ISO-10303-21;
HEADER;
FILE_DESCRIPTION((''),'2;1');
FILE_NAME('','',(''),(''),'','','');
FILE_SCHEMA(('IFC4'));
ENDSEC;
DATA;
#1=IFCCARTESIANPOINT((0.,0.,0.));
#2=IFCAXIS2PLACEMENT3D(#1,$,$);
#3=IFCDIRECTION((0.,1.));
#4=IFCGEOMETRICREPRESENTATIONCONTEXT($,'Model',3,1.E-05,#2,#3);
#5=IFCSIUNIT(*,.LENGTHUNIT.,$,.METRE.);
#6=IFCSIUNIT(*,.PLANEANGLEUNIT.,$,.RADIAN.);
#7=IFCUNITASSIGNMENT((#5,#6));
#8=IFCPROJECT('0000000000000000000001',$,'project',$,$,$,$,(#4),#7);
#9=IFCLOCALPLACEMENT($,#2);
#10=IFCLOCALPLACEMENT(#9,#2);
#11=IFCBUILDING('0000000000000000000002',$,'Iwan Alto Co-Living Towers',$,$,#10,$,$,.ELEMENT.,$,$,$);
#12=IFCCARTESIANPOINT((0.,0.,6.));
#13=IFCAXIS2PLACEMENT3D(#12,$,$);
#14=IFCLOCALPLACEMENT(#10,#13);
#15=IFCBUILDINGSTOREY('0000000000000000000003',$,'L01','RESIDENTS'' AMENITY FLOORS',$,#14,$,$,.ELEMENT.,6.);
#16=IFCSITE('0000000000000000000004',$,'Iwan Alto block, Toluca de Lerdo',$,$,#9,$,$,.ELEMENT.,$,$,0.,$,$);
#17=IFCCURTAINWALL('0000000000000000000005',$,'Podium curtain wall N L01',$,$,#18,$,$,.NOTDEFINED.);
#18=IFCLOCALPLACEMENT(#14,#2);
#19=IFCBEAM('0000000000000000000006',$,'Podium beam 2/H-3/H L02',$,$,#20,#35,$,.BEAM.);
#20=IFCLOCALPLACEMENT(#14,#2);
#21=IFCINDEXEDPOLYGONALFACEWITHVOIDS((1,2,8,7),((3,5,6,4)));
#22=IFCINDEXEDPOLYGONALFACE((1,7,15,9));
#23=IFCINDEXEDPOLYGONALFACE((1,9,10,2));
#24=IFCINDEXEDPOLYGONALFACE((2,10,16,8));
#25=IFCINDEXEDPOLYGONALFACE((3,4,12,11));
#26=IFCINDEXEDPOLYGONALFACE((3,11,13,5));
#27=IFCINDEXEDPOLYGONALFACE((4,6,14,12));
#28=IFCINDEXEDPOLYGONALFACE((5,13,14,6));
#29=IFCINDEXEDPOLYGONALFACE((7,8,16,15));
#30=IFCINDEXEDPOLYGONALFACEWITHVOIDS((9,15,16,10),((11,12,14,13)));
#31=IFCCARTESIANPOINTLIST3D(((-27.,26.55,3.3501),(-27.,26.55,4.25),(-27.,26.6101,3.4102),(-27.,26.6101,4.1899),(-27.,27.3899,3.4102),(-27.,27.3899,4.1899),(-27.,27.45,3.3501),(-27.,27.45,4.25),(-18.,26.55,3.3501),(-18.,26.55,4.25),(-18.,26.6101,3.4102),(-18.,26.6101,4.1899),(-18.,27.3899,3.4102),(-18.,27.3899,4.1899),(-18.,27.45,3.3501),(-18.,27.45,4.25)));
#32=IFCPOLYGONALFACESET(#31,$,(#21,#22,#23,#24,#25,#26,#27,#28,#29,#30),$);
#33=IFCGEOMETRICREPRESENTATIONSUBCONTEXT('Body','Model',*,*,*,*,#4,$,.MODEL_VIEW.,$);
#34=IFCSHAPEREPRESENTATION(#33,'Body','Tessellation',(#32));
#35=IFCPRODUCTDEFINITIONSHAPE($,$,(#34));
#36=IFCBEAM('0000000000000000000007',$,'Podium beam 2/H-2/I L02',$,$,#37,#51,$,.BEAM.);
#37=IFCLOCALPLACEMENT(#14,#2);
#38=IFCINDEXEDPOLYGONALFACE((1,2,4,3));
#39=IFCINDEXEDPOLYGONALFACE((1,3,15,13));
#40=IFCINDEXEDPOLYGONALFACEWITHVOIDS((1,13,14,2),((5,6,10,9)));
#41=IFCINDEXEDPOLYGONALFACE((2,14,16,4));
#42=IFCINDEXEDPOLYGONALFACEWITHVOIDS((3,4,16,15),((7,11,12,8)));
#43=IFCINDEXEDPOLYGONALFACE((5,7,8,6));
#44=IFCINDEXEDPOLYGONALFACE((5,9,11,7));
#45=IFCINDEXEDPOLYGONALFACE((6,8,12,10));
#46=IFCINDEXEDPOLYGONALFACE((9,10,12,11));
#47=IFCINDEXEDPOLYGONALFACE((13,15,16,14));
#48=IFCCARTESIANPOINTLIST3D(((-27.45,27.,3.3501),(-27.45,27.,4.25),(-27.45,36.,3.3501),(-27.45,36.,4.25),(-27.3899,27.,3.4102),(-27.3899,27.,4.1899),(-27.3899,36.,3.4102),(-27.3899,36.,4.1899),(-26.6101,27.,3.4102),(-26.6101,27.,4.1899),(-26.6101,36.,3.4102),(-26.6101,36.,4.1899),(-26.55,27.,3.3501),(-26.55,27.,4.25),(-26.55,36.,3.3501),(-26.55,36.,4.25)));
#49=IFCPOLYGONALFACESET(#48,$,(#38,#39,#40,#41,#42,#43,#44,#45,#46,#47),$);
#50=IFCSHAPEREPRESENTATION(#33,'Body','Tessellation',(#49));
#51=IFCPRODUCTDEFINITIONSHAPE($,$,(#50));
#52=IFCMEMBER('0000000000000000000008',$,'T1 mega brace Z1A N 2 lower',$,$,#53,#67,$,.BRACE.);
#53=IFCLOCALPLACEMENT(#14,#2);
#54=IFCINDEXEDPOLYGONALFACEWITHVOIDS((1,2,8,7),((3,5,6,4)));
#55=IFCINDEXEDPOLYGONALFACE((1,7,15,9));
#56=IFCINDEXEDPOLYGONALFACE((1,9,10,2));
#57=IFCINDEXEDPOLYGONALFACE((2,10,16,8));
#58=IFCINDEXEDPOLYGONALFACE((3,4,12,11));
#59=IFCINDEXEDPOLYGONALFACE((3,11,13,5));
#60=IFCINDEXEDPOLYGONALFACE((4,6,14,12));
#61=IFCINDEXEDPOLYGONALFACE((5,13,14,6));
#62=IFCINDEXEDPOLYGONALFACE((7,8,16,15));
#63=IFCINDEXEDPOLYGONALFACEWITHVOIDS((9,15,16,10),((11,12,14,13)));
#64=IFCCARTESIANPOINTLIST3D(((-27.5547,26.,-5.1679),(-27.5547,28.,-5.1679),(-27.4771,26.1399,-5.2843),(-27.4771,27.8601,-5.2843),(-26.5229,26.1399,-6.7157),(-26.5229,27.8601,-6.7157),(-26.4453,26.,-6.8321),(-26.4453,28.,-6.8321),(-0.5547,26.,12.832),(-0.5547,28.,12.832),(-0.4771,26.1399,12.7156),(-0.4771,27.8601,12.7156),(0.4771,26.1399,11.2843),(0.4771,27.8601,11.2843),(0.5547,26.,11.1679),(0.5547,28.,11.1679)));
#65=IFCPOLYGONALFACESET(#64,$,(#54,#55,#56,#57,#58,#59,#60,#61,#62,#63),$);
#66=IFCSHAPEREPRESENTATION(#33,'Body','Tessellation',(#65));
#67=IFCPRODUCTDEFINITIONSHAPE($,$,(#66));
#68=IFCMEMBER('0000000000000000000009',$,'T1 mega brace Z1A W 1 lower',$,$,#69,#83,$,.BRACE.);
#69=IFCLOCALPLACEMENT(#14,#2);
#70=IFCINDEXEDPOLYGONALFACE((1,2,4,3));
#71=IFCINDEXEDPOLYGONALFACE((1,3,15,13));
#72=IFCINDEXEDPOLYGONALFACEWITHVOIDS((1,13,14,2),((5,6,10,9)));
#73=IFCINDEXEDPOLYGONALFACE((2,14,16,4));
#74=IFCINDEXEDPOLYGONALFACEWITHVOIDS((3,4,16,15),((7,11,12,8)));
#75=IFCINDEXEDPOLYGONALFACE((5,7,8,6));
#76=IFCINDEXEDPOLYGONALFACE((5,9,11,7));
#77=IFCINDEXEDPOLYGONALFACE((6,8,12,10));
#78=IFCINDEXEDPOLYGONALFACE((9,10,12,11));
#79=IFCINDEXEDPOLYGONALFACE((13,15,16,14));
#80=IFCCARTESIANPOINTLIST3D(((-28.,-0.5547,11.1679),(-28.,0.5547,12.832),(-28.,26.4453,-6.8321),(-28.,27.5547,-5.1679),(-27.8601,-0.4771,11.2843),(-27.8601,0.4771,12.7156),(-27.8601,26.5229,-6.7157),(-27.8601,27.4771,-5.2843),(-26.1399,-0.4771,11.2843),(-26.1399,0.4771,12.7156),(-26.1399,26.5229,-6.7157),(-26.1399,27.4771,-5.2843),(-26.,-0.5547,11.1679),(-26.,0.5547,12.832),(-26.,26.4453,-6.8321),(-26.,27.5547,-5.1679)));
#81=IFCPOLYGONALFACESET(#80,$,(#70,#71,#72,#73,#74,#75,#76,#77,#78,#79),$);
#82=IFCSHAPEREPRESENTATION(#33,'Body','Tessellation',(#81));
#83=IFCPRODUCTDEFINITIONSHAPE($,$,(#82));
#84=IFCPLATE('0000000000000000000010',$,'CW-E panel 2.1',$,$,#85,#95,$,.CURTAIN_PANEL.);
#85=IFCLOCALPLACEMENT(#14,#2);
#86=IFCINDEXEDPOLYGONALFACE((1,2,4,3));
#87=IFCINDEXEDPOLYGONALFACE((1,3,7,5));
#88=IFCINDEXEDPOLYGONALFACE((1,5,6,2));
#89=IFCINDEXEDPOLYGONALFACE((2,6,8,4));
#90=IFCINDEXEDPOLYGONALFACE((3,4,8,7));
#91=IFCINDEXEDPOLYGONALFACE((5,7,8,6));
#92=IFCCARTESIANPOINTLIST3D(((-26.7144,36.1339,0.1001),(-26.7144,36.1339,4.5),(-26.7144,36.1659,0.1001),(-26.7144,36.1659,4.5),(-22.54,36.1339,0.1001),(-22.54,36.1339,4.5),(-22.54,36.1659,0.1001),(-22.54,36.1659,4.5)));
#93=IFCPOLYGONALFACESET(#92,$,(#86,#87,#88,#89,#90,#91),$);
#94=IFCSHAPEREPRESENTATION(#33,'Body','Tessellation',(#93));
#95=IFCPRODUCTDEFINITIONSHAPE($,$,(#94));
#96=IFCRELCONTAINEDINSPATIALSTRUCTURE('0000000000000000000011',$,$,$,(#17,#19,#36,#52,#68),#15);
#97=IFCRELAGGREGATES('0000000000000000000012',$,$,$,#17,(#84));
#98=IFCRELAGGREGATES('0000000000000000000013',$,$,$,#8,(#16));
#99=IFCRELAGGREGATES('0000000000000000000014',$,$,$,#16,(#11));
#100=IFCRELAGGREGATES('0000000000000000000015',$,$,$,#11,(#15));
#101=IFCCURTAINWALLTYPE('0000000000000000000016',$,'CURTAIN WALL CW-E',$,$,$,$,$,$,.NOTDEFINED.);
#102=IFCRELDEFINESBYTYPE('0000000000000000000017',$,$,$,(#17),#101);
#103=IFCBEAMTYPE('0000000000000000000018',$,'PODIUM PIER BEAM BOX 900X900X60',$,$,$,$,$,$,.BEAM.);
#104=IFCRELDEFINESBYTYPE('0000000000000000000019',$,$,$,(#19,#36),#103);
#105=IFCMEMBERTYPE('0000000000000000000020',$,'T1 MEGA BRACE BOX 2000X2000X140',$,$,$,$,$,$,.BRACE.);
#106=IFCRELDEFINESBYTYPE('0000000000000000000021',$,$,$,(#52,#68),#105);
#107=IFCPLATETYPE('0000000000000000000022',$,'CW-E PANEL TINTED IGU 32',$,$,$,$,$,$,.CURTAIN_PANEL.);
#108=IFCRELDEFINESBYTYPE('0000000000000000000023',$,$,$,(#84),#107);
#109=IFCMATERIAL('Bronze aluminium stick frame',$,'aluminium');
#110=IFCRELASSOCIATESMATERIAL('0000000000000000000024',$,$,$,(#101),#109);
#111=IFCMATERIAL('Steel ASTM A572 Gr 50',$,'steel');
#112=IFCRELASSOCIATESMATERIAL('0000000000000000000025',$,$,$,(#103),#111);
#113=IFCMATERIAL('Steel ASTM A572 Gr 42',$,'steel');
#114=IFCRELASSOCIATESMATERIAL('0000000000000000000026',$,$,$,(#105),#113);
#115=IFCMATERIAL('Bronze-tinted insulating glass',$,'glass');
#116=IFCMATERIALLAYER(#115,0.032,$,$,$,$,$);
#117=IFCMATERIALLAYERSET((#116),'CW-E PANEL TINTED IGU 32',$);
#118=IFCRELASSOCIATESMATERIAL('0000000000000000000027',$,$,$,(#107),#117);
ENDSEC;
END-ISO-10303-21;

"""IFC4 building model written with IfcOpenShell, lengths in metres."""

from ifc_helpers import new_model, si_unit, direction, frame, origin, origin_2d, place, context, subcontext, project, spatial, rectangle, hollow_rectangle, extrude, material, layer, layer_set, material_profile, profile_set, type_object, element, aggregate, save


model = new_model("IFC4")

# Units and contexts
model_context = context("Model", 3, precision=1e-05, world=origin(), true_north=direction((0.0, 1.0)))
body_context = subcontext(model_context, "Body", "Model", "MODEL_VIEW")
ifc_project = project(units=[si_unit("LENGTHUNIT", "METRE"), si_unit("PLANEANGLEUNIT", "RADIAN")], contexts=[model_context])

# Site, building, storey
site_placement = place(None, origin())
site = spatial("IfcSite", under=ifc_project, at=site_placement, Name="Iwan Alto block, Toluca de Lerdo", CompositionType="ELEMENT", RefElevation=0.0)
building_placement = place(site_placement, origin())
building = spatial("IfcBuilding", under=site, at=building_placement, Name="Iwan Alto Co-Living Towers", CompositionType="ELEMENT")
storey_placement = place(building_placement, frame((0.0, 0.0, 6.0)))
storey = spatial("IfcBuildingStorey", under=building, at=storey_placement, Name="L01", Description="RESIDENTS' AMENITY FLOORS", CompositionType="ELEMENT", Elevation=6.0)

# Shared definitions
ifc_material_1 = material(Name="Bronze aluminium stick frame", Category="aluminium")
curtain_wall_type = type_object("IfcCurtainWallType", Name="CURTAIN WALL CW-E", PredefinedType="NOTDEFINED", material=ifc_material_1)

# Curtain wall
curtain_wall_1_placement = place(storey_placement, origin())
curtain_wall_1 = element("IfcCurtainWall", 1, at=curtain_wall_1_placement, inside=storey, type_object=curtain_wall_type, Name="Podium curtain wall N L01", PredefinedType="NOTDEFINED")

# Beams
ifc_material_2 = material(Name="Steel ASTM A572 Gr 50", Category="steel")
ifc_material_profile_1 = material_profile(ifc_material_2, hollow_rectangle(XDim=0.8999, YDim=0.8999, WallThickness=0.0601, at=origin_2d()), Name="BOX 900X900X60")
ifc_profile_set_1 = profile_set([ifc_material_profile_1], Name="Steel ASTM A572 Gr 50")
beam_type_1 = type_object("IfcBeamType", Name="PODIUM PIER BEAM BOX 900X900X60", PredefinedType="BEAM", material=ifc_profile_set_1)
for number, where, z_axis, x_axis, name in (
    (2, (-27.0, 27.0, 3.8), (1.0, 0.0, 0.0), (0.0, 1.0, 0.0), "Podium beam 2/H-3/H L02"),
    (3, (-27.0, 27.0, 3.8), (0.0, 1.0, 0.0), (-1.0, 0.0, 0.0), "Podium beam 2/H-2/I L02"),
):
    element("IfcBeam", number, at=place(storey_placement, frame(where, z_axis=z_axis, x_axis=x_axis)), inside=storey, type_object=beam_type_1, Name=name, PredefinedType="BEAM", context=body_context, shape_type="SweptSolid", body=[
        extrude(hollow_rectangle(XDim=0.8999, YDim=0.8999, WallThickness=0.0601, at=origin_2d()), origin(), (0.0, 0.0, 1.0), 9.0),
    ])

# Members
ifc_material_3 = material(Name="Steel ASTM A572 Gr 42", Category="steel")
ifc_material_profile_2 = material_profile(ifc_material_3, hollow_rectangle(XDim=2.0, YDim=2.0, WallThickness=0.1399, at=origin_2d()), Name="BOX 2000X2000X140")
ifc_profile_set_2 = profile_set([ifc_material_profile_2], Name="Steel ASTM A572 Gr 42")
member_type_1 = type_object("IfcMemberType", Name="T1 MEGA BRACE BOX 2000X2000X140", PredefinedType="BRACE", material=ifc_profile_set_2)
for number, where, z_axis, x_axis, name in (
    (4, (-27.0, 27.0, -6.0), (0.83205, 0.0, 0.5547), (0.0, 1.0, 0.0), "T1 mega brace Z1A N 2 lower"),
    (5, (-27.0, 27.0, -6.0), (0.0, -0.83205, 0.5547), (1.0, 0.0, 0.0), "T1 mega brace Z1A W 1 lower"),
):
    element("IfcMember", number, at=place(storey_placement, frame(where, z_axis=z_axis, x_axis=x_axis)), inside=storey, type_object=member_type_1, Name=name, PredefinedType="BRACE", context=body_context, shape_type="SweptSolid", body=[
        extrude(hollow_rectangle(XDim=2.0, YDim=2.0, WallThickness=0.1399, at=origin_2d()), origin(), (0.0, 0.0, 1.0), 32.45),
    ])

# Plate
ifc_material_4 = material(Name="Bronze-tinted insulating glass", Category="glass")
ifc_layer = layer(ifc_material_4, 0.032)
ifc_layer_set = layer_set([ifc_layer], Name="CW-E PANEL TINTED IGU 32")
plate_type = type_object("IfcPlateType", Name="CW-E PANEL TINTED IGU 32", PredefinedType="CURTAIN_PANEL", material=ifc_layer_set)
plate_placement = place(storey_placement, frame((-24.6272, 36.1499, 0.1001), z_axis=(0.0, 0.0, 1.0), x_axis=(-1.0, 0.0, 0.0)))
plate = element("IfcPlate", 6, at=plate_placement, type_object=plate_type, Name="CW-E panel 2.1", PredefinedType="CURTAIN_PANEL", context=body_context, shape_type="SweptSolid", body=[
    extrude(rectangle(XDim=4.1743, YDim=0.032, at=origin_2d()), origin(), (0.0, 0.0, 1.0), 4.3999),
])
aggregate(curtain_wall_1, [plate])

save(model, "model.ifc")
